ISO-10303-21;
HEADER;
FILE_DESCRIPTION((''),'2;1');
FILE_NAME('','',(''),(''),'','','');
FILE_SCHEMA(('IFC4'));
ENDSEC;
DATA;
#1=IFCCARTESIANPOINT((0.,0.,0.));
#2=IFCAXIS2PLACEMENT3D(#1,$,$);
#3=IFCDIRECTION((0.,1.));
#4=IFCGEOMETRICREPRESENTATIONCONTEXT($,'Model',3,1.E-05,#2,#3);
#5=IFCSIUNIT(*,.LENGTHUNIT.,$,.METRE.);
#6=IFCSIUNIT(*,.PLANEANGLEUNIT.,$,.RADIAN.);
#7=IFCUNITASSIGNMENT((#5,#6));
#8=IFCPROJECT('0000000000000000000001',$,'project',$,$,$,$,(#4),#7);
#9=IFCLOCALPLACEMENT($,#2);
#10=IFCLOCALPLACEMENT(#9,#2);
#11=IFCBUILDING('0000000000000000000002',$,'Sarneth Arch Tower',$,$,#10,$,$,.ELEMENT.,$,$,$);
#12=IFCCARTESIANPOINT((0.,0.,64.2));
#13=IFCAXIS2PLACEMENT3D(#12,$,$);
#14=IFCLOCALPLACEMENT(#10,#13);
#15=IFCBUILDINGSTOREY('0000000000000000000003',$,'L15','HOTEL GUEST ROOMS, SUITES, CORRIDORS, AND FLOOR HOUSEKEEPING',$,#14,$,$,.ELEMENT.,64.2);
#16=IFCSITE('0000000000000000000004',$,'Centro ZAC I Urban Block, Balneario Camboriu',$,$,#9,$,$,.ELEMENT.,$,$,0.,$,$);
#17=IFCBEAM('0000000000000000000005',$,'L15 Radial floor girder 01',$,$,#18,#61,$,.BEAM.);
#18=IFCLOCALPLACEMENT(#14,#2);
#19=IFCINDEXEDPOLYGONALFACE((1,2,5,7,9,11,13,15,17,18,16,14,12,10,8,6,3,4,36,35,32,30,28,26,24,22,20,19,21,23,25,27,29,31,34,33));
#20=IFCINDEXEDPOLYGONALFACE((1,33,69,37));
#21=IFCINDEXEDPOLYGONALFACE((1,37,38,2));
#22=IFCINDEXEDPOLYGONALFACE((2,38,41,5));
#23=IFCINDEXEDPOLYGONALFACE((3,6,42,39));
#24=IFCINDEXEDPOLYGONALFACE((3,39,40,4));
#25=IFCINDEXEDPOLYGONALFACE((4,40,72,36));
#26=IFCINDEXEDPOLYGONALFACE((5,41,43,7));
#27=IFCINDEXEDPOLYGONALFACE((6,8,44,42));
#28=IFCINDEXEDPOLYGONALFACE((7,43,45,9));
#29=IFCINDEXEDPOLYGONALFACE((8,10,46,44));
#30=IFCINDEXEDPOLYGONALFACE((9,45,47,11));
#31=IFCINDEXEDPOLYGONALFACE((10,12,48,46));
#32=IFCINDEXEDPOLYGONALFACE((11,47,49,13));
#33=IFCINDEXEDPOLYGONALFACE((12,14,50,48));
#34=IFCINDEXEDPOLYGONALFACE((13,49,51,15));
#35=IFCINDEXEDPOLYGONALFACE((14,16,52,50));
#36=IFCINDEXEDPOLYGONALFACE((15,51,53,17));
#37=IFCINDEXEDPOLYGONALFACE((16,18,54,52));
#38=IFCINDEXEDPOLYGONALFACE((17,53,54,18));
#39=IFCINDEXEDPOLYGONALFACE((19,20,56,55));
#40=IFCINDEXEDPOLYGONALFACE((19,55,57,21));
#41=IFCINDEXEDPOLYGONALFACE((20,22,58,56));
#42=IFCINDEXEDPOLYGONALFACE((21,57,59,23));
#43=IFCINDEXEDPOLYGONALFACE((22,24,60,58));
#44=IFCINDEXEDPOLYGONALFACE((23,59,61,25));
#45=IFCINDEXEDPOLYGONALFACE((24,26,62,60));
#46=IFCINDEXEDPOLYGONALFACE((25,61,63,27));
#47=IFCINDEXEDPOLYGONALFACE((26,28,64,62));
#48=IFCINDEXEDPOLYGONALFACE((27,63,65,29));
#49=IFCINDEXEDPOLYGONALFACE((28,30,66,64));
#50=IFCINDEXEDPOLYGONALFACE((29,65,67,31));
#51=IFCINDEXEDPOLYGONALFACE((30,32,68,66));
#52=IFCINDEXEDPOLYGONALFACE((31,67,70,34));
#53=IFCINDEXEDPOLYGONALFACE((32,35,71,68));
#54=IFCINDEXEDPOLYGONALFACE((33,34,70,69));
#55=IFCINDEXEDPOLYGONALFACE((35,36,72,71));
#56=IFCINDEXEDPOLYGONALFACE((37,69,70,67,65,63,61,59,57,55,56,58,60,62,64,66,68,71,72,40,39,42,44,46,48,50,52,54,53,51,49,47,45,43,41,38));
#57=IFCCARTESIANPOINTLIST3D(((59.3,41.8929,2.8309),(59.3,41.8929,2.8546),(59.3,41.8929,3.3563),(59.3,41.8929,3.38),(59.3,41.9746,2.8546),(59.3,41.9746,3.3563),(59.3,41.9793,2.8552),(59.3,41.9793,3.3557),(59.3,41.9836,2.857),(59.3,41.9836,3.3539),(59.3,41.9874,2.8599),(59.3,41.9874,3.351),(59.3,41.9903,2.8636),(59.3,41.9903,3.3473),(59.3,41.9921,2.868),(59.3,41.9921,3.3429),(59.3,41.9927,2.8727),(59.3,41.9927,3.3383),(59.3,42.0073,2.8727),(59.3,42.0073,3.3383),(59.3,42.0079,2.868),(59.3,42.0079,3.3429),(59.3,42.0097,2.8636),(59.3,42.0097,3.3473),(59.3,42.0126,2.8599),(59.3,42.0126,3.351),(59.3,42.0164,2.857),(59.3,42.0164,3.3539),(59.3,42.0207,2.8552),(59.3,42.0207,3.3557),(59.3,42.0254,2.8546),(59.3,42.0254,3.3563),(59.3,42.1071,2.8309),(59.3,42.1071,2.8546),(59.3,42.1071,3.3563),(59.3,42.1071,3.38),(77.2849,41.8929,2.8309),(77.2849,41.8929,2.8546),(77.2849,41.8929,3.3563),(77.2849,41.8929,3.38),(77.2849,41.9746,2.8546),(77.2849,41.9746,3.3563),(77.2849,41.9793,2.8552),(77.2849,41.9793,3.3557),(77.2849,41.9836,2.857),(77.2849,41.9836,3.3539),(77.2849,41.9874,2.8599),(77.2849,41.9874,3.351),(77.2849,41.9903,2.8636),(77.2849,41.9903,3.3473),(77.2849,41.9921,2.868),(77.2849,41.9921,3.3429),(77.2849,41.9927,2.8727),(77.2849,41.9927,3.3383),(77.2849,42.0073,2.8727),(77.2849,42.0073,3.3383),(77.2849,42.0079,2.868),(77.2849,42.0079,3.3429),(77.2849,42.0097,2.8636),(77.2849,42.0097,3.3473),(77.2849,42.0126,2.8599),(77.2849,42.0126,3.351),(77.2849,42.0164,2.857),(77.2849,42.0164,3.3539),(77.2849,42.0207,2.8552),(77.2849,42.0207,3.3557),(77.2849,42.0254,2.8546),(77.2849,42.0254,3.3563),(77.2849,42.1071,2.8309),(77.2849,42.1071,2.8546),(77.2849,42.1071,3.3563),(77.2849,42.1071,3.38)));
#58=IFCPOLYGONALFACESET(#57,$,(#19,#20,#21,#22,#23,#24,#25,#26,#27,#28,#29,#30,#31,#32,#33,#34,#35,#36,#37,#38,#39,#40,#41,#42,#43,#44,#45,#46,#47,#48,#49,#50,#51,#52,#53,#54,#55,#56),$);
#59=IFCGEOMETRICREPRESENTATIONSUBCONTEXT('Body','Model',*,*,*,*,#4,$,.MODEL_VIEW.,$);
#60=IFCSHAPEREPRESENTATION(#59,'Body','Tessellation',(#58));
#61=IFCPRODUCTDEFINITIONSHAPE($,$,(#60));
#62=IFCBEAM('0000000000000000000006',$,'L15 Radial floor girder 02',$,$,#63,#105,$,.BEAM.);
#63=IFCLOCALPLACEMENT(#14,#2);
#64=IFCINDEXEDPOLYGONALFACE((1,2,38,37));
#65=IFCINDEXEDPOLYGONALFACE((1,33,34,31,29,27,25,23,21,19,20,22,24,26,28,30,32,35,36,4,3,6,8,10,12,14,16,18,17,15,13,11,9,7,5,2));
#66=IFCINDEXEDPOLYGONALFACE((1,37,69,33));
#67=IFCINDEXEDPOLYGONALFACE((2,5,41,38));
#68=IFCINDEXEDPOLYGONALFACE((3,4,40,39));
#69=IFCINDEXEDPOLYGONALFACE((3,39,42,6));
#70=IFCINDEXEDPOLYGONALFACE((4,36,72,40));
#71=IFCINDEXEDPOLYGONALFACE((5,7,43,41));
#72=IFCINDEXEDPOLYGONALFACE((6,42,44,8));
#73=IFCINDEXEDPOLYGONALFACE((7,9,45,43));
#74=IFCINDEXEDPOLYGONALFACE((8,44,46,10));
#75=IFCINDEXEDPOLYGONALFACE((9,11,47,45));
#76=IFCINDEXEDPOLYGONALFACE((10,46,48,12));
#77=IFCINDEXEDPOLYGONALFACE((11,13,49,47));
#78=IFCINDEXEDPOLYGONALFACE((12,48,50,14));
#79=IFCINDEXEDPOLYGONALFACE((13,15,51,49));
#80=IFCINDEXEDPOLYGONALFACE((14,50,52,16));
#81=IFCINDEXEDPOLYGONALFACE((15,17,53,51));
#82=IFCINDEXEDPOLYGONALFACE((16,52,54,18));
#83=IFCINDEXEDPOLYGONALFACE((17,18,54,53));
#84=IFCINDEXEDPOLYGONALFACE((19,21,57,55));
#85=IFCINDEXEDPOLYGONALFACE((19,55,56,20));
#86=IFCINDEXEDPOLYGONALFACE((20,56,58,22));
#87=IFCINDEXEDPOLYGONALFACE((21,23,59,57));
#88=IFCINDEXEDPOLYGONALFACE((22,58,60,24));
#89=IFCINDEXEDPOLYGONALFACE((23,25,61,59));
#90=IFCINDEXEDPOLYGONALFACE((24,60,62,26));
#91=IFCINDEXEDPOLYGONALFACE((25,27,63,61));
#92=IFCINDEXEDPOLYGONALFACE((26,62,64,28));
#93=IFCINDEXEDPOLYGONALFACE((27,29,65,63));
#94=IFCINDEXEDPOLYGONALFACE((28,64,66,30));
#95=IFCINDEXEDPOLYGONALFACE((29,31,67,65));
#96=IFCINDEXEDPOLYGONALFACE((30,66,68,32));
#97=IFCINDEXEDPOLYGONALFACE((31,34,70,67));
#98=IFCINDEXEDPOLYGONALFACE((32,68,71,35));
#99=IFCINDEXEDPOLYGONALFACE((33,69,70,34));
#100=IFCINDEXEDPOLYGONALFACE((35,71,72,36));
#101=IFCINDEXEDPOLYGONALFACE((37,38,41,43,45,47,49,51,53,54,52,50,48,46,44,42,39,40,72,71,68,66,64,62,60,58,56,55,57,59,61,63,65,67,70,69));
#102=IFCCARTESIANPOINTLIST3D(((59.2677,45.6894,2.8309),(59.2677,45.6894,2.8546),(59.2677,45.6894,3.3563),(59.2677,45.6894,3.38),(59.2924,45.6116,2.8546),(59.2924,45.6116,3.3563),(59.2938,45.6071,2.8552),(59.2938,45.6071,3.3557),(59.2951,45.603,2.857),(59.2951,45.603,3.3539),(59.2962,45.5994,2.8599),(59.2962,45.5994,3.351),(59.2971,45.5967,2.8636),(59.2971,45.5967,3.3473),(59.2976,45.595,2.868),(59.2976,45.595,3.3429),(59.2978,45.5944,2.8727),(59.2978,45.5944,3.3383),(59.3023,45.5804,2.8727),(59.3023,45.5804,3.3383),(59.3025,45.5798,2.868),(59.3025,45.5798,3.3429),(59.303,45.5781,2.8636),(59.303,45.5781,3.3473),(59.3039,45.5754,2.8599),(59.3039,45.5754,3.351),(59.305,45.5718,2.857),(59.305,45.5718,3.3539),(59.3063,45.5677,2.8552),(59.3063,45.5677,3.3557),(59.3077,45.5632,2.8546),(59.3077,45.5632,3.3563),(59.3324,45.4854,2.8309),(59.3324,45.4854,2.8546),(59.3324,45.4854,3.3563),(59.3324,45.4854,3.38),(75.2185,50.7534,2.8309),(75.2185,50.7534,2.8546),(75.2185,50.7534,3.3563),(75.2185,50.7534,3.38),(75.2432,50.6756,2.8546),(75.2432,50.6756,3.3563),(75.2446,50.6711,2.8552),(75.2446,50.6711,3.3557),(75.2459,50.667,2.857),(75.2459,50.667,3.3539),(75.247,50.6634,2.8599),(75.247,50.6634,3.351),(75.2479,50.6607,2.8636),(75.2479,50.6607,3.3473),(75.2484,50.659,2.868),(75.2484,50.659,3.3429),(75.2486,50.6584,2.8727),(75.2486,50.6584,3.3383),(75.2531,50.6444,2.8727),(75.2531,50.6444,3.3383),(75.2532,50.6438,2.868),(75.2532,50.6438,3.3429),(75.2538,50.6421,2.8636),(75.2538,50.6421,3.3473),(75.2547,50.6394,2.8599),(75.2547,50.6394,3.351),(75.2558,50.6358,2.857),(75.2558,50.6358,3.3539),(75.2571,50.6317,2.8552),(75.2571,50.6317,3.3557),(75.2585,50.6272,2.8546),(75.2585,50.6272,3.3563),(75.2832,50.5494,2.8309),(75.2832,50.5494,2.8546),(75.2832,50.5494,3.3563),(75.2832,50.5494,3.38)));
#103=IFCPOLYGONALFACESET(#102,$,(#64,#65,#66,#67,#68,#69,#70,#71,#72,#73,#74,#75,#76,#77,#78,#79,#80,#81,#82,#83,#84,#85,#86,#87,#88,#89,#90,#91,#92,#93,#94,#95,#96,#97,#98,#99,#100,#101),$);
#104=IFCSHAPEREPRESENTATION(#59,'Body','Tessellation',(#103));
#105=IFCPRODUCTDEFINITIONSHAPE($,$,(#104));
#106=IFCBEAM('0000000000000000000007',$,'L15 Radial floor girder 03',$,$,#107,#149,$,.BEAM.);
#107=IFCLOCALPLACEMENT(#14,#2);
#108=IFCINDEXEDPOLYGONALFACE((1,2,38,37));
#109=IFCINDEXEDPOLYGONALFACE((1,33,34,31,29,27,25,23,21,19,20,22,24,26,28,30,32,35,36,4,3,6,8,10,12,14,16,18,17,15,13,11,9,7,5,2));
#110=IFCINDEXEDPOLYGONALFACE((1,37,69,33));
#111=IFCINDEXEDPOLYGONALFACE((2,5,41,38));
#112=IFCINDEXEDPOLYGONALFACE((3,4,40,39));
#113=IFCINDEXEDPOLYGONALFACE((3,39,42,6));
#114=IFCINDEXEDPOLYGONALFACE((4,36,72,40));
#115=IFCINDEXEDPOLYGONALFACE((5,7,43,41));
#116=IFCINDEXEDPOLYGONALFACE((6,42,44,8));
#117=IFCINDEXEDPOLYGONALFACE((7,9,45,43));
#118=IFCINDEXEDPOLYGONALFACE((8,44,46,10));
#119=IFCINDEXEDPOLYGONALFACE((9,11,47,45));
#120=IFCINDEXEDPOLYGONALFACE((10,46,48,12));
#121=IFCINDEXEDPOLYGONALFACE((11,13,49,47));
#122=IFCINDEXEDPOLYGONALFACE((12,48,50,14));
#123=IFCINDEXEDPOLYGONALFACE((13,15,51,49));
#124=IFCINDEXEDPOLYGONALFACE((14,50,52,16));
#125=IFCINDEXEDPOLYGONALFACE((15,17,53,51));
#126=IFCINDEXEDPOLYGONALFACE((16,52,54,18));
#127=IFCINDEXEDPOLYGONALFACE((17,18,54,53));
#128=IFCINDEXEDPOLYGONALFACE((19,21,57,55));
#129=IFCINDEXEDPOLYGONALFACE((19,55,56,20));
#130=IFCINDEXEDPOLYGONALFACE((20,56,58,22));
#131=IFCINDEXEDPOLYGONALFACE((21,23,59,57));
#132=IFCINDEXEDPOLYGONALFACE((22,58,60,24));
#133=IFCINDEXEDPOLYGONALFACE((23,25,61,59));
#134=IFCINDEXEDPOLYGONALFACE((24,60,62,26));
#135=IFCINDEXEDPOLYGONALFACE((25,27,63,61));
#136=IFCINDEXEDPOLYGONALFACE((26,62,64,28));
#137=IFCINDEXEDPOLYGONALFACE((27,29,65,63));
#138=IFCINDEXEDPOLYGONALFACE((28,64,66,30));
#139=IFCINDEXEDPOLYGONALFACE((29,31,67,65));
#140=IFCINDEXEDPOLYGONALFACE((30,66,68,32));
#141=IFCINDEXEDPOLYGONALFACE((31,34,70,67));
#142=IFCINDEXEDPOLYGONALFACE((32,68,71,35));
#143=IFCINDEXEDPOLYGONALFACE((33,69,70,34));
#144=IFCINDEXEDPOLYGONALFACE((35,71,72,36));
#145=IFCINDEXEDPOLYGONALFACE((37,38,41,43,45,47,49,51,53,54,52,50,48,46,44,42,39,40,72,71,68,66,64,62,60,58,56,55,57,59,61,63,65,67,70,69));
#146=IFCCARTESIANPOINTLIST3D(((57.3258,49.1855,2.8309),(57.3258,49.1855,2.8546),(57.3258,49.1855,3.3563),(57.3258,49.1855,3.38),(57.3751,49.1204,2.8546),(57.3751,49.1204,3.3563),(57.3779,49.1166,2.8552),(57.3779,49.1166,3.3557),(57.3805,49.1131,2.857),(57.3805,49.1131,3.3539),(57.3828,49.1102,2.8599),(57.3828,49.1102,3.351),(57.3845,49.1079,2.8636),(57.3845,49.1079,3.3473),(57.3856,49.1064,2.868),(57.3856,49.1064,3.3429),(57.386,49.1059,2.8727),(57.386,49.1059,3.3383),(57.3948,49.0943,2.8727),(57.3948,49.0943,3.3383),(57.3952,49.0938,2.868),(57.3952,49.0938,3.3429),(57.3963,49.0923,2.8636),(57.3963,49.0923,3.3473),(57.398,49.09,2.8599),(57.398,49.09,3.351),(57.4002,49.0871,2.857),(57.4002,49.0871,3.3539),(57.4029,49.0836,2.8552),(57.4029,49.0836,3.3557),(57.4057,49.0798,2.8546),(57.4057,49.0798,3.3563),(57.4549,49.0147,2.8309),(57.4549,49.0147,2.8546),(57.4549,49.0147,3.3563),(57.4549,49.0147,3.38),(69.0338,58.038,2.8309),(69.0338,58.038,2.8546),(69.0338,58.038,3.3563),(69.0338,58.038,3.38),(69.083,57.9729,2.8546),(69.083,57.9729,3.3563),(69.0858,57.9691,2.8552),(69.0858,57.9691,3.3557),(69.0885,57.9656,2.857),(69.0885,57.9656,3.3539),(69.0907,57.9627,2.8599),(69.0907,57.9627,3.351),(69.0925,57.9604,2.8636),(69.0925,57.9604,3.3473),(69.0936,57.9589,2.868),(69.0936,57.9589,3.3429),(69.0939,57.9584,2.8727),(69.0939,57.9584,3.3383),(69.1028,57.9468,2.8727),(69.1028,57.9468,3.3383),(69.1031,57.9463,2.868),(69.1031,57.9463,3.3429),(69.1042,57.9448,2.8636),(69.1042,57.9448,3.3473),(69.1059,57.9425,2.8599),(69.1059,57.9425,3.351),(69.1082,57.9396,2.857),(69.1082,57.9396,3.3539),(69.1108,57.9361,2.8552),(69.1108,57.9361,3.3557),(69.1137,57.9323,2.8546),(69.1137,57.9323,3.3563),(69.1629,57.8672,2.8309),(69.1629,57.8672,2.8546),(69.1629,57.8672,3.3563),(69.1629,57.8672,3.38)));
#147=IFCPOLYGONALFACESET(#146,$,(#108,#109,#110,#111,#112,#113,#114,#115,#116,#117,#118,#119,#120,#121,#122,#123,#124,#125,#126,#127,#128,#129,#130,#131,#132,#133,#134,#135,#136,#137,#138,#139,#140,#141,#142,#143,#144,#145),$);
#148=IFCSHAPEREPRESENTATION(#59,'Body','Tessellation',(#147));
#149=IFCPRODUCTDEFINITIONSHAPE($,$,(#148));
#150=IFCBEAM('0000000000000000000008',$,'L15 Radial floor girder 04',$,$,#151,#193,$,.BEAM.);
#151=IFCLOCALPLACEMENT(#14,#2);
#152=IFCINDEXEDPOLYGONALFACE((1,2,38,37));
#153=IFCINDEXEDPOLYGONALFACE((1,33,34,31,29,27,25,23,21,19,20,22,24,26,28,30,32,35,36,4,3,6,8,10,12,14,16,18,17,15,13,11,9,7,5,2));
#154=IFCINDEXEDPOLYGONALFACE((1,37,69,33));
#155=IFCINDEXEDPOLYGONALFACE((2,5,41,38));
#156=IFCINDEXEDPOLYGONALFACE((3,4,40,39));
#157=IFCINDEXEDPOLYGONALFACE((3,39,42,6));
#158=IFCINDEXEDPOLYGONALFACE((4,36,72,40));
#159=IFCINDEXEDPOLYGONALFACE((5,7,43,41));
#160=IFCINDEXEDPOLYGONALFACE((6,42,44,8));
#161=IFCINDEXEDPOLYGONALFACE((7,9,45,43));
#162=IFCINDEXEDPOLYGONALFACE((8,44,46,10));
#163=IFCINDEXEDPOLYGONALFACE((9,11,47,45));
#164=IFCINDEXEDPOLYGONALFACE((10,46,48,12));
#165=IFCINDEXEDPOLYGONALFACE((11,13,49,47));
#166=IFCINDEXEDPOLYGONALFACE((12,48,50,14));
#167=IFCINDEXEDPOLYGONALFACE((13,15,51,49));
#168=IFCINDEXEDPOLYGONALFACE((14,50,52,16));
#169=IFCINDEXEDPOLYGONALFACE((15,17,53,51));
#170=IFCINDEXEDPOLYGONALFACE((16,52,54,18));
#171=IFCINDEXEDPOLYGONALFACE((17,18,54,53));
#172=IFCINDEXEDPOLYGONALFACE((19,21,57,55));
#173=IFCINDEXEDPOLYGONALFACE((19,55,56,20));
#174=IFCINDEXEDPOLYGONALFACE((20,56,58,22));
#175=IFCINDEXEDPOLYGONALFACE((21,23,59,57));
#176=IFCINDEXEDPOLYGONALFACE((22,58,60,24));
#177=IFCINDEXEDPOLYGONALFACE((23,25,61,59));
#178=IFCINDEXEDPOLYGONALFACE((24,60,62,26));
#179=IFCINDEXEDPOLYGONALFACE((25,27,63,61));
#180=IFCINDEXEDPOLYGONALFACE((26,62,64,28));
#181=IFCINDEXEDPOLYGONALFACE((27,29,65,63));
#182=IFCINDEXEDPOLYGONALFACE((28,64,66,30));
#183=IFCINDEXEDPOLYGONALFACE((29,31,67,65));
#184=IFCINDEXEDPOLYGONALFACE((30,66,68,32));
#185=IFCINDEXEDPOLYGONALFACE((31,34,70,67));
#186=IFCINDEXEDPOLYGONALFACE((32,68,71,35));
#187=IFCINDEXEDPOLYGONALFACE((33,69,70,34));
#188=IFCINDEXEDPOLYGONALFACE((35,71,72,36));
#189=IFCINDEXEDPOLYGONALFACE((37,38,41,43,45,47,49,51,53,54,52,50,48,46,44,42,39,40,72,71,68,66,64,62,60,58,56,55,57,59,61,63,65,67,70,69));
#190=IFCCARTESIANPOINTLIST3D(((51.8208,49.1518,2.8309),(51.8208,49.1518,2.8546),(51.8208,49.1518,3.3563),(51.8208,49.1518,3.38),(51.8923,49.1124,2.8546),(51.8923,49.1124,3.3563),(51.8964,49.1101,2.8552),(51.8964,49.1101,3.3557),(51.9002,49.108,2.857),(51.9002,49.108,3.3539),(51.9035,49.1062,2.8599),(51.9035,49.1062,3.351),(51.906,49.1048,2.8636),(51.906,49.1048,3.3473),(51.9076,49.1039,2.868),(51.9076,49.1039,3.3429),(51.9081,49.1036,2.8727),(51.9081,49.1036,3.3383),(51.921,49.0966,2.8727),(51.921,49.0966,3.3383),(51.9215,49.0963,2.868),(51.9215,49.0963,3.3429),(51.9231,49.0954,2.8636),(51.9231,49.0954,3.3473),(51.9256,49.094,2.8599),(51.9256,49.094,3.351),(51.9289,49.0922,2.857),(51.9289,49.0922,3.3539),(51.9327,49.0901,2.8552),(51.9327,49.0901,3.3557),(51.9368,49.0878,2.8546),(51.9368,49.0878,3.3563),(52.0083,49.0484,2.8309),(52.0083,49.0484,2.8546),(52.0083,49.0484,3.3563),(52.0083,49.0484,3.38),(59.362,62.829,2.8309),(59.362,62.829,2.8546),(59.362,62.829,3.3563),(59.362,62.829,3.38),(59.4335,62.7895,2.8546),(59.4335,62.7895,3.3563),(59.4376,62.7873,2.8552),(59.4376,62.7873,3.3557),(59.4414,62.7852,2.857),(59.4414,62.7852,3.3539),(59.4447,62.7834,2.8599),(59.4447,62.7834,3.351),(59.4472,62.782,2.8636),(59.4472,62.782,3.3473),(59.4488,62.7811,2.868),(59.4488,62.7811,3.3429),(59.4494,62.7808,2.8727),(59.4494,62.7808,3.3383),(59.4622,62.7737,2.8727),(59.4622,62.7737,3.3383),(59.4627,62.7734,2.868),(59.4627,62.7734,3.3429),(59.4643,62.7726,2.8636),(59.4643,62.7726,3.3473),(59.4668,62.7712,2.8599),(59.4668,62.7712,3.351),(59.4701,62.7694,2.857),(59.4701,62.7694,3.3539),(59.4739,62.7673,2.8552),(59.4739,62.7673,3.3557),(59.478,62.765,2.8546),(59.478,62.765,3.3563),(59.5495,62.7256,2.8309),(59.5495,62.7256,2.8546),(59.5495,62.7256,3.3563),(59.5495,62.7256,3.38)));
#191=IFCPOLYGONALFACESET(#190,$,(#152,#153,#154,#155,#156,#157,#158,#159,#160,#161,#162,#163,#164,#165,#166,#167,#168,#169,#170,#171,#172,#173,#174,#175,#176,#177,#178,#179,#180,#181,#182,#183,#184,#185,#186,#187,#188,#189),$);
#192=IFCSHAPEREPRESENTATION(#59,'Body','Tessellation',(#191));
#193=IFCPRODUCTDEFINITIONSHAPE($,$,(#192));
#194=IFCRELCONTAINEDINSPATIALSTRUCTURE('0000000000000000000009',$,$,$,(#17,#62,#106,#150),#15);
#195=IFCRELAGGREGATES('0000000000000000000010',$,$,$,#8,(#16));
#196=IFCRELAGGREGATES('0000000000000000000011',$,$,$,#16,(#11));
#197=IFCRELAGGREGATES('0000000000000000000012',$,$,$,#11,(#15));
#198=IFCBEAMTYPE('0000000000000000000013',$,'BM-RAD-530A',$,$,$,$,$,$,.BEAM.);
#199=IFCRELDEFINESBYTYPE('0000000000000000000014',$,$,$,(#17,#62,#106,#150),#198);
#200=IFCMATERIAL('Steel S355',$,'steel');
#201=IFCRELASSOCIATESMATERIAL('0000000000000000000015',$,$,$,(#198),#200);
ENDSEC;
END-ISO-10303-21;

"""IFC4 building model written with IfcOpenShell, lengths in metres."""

from ifc_helpers import new_model, si_unit, direction, frame, origin, origin_2d, place, context, subcontext, project, spatial, i_section, extrude, material, material_profile, profile_set, type_object, element, save


model = new_model("IFC4")

# Units and contexts
model_context = context("Model", 3, precision=1e-05, world=origin(), true_north=direction((0.0, 1.0)))
body_context = subcontext(model_context, "Body", "Model", "MODEL_VIEW")
ifc_project = project(units=[si_unit("LENGTHUNIT", "METRE"), si_unit("PLANEANGLEUNIT", "RADIAN")], contexts=[model_context])

# Site, building, storey
site_placement = place(None, origin())
site = spatial("IfcSite", under=ifc_project, at=site_placement, Name="Centro ZAC I Urban Block, Balneario Camboriu", CompositionType="ELEMENT", RefElevation=0.0)
building_placement = place(site_placement, origin())
building = spatial("IfcBuilding", under=site, at=building_placement, Name="Sarneth Arch Tower", CompositionType="ELEMENT")
storey_placement = place(building_placement, frame((0.0, 0.0, 64.2)))
storey = spatial("IfcBuildingStorey", under=building, at=storey_placement, Name="L15", Description="HOTEL GUEST ROOMS, SUITES, CORRIDORS, AND FLOOR HOUSEKEEPING", CompositionType="ELEMENT", Elevation=64.2)

# Beams
ifc_material_1 = material(Name="Steel S355", Category="steel")
ifc_material_profile = material_profile(ifc_material_1, i_section(OverallWidth=0.2141, OverallDepth=0.5491, WebThickness=0.0146, FlangeThickness=0.0237, FilletRadius=0.0181, at=origin_2d()), Name="W530x138")
ifc_profile_set = profile_set([ifc_material_profile], Name="Steel S355")
beam_type = type_object("IfcBeamType", Name="BM-RAD-530A", PredefinedType="BEAM", material=ifc_profile_set)
beam_1_placement = place(storey_placement, frame((59.3, 42.0, 3.1055), z_axis=(1.0, 0.0, 0.0), x_axis=(0.0, 1.0, 0.0)))
element("IfcBeam", 1, at=beam_1_placement, inside=storey, type_object=beam_type, Name="L15 Radial floor girder 01", PredefinedType="BEAM", context=body_context, shape_type="SweptSolid", body=[
    extrude(i_section(OverallWidth=0.2141, OverallDepth=0.5491, WebThickness=0.0146, FlangeThickness=0.0237, FilletRadius=0.0181, at=origin_2d()), origin(), (0.0, 0.0, 1.0), 17.9849),
])
beam_2_placement = place(storey_placement, frame((59.3, 45.5874, 3.1055), z_axis=(0.95312, 0.302593, 0.0), x_axis=(-0.302593, 0.95312, 0.0)))
element("IfcBeam", 2, at=beam_2_placement, inside=storey, type_object=beam_type, Name="L15 Radial floor girder 02", PredefinedType="BEAM", context=body_context, shape_type="SweptSolid", body=[
    extrude(i_section(OverallWidth=0.2141, OverallDepth=0.5491, WebThickness=0.0146, FlangeThickness=0.0237, FilletRadius=0.0181, at=origin_2d()), origin(), (0.0, 0.0, 1.0), 16.7354),
])
beam_3_placement = place(storey_placement, frame((57.3904, 49.1001, 3.1055), z_axis=(0.797655, 0.603114, 0.0), x_axis=(-0.603114, 0.797655, 0.0)))
element("IfcBeam", 3, at=beam_3_placement, inside=storey, type_object=beam_type, Name="L15 Radial floor girder 03", PredefinedType="BEAM", context=body_context, shape_type="SweptSolid", body=[
    extrude(i_section(OverallWidth=0.2141, OverallDepth=0.5491, WebThickness=0.0146, FlangeThickness=0.0237, FilletRadius=0.0181, at=origin_2d()), origin(), (0.0, 0.0, 1.0), 14.678),
])
beam_4_placement = place(storey_placement, frame((51.9146, 49.1001, 3.1055), z_axis=(0.482841, 0.875708, 0.0), x_axis=(-0.875708, 0.482841, 0.0)))
element("IfcBeam", 4, at=beam_4_placement, inside=storey, type_object=beam_type, Name="L15 Radial floor girder 04", PredefinedType="BEAM", context=body_context, shape_type="SweptSolid", body=[
    extrude(i_section(OverallWidth=0.2141, OverallDepth=0.5491, WebThickness=0.0146, FlangeThickness=0.0237, FilletRadius=0.0181, at=origin_2d()), origin(), (0.0, 0.0, 1.0), 15.6184),
])

save(model, "model.ifc")
